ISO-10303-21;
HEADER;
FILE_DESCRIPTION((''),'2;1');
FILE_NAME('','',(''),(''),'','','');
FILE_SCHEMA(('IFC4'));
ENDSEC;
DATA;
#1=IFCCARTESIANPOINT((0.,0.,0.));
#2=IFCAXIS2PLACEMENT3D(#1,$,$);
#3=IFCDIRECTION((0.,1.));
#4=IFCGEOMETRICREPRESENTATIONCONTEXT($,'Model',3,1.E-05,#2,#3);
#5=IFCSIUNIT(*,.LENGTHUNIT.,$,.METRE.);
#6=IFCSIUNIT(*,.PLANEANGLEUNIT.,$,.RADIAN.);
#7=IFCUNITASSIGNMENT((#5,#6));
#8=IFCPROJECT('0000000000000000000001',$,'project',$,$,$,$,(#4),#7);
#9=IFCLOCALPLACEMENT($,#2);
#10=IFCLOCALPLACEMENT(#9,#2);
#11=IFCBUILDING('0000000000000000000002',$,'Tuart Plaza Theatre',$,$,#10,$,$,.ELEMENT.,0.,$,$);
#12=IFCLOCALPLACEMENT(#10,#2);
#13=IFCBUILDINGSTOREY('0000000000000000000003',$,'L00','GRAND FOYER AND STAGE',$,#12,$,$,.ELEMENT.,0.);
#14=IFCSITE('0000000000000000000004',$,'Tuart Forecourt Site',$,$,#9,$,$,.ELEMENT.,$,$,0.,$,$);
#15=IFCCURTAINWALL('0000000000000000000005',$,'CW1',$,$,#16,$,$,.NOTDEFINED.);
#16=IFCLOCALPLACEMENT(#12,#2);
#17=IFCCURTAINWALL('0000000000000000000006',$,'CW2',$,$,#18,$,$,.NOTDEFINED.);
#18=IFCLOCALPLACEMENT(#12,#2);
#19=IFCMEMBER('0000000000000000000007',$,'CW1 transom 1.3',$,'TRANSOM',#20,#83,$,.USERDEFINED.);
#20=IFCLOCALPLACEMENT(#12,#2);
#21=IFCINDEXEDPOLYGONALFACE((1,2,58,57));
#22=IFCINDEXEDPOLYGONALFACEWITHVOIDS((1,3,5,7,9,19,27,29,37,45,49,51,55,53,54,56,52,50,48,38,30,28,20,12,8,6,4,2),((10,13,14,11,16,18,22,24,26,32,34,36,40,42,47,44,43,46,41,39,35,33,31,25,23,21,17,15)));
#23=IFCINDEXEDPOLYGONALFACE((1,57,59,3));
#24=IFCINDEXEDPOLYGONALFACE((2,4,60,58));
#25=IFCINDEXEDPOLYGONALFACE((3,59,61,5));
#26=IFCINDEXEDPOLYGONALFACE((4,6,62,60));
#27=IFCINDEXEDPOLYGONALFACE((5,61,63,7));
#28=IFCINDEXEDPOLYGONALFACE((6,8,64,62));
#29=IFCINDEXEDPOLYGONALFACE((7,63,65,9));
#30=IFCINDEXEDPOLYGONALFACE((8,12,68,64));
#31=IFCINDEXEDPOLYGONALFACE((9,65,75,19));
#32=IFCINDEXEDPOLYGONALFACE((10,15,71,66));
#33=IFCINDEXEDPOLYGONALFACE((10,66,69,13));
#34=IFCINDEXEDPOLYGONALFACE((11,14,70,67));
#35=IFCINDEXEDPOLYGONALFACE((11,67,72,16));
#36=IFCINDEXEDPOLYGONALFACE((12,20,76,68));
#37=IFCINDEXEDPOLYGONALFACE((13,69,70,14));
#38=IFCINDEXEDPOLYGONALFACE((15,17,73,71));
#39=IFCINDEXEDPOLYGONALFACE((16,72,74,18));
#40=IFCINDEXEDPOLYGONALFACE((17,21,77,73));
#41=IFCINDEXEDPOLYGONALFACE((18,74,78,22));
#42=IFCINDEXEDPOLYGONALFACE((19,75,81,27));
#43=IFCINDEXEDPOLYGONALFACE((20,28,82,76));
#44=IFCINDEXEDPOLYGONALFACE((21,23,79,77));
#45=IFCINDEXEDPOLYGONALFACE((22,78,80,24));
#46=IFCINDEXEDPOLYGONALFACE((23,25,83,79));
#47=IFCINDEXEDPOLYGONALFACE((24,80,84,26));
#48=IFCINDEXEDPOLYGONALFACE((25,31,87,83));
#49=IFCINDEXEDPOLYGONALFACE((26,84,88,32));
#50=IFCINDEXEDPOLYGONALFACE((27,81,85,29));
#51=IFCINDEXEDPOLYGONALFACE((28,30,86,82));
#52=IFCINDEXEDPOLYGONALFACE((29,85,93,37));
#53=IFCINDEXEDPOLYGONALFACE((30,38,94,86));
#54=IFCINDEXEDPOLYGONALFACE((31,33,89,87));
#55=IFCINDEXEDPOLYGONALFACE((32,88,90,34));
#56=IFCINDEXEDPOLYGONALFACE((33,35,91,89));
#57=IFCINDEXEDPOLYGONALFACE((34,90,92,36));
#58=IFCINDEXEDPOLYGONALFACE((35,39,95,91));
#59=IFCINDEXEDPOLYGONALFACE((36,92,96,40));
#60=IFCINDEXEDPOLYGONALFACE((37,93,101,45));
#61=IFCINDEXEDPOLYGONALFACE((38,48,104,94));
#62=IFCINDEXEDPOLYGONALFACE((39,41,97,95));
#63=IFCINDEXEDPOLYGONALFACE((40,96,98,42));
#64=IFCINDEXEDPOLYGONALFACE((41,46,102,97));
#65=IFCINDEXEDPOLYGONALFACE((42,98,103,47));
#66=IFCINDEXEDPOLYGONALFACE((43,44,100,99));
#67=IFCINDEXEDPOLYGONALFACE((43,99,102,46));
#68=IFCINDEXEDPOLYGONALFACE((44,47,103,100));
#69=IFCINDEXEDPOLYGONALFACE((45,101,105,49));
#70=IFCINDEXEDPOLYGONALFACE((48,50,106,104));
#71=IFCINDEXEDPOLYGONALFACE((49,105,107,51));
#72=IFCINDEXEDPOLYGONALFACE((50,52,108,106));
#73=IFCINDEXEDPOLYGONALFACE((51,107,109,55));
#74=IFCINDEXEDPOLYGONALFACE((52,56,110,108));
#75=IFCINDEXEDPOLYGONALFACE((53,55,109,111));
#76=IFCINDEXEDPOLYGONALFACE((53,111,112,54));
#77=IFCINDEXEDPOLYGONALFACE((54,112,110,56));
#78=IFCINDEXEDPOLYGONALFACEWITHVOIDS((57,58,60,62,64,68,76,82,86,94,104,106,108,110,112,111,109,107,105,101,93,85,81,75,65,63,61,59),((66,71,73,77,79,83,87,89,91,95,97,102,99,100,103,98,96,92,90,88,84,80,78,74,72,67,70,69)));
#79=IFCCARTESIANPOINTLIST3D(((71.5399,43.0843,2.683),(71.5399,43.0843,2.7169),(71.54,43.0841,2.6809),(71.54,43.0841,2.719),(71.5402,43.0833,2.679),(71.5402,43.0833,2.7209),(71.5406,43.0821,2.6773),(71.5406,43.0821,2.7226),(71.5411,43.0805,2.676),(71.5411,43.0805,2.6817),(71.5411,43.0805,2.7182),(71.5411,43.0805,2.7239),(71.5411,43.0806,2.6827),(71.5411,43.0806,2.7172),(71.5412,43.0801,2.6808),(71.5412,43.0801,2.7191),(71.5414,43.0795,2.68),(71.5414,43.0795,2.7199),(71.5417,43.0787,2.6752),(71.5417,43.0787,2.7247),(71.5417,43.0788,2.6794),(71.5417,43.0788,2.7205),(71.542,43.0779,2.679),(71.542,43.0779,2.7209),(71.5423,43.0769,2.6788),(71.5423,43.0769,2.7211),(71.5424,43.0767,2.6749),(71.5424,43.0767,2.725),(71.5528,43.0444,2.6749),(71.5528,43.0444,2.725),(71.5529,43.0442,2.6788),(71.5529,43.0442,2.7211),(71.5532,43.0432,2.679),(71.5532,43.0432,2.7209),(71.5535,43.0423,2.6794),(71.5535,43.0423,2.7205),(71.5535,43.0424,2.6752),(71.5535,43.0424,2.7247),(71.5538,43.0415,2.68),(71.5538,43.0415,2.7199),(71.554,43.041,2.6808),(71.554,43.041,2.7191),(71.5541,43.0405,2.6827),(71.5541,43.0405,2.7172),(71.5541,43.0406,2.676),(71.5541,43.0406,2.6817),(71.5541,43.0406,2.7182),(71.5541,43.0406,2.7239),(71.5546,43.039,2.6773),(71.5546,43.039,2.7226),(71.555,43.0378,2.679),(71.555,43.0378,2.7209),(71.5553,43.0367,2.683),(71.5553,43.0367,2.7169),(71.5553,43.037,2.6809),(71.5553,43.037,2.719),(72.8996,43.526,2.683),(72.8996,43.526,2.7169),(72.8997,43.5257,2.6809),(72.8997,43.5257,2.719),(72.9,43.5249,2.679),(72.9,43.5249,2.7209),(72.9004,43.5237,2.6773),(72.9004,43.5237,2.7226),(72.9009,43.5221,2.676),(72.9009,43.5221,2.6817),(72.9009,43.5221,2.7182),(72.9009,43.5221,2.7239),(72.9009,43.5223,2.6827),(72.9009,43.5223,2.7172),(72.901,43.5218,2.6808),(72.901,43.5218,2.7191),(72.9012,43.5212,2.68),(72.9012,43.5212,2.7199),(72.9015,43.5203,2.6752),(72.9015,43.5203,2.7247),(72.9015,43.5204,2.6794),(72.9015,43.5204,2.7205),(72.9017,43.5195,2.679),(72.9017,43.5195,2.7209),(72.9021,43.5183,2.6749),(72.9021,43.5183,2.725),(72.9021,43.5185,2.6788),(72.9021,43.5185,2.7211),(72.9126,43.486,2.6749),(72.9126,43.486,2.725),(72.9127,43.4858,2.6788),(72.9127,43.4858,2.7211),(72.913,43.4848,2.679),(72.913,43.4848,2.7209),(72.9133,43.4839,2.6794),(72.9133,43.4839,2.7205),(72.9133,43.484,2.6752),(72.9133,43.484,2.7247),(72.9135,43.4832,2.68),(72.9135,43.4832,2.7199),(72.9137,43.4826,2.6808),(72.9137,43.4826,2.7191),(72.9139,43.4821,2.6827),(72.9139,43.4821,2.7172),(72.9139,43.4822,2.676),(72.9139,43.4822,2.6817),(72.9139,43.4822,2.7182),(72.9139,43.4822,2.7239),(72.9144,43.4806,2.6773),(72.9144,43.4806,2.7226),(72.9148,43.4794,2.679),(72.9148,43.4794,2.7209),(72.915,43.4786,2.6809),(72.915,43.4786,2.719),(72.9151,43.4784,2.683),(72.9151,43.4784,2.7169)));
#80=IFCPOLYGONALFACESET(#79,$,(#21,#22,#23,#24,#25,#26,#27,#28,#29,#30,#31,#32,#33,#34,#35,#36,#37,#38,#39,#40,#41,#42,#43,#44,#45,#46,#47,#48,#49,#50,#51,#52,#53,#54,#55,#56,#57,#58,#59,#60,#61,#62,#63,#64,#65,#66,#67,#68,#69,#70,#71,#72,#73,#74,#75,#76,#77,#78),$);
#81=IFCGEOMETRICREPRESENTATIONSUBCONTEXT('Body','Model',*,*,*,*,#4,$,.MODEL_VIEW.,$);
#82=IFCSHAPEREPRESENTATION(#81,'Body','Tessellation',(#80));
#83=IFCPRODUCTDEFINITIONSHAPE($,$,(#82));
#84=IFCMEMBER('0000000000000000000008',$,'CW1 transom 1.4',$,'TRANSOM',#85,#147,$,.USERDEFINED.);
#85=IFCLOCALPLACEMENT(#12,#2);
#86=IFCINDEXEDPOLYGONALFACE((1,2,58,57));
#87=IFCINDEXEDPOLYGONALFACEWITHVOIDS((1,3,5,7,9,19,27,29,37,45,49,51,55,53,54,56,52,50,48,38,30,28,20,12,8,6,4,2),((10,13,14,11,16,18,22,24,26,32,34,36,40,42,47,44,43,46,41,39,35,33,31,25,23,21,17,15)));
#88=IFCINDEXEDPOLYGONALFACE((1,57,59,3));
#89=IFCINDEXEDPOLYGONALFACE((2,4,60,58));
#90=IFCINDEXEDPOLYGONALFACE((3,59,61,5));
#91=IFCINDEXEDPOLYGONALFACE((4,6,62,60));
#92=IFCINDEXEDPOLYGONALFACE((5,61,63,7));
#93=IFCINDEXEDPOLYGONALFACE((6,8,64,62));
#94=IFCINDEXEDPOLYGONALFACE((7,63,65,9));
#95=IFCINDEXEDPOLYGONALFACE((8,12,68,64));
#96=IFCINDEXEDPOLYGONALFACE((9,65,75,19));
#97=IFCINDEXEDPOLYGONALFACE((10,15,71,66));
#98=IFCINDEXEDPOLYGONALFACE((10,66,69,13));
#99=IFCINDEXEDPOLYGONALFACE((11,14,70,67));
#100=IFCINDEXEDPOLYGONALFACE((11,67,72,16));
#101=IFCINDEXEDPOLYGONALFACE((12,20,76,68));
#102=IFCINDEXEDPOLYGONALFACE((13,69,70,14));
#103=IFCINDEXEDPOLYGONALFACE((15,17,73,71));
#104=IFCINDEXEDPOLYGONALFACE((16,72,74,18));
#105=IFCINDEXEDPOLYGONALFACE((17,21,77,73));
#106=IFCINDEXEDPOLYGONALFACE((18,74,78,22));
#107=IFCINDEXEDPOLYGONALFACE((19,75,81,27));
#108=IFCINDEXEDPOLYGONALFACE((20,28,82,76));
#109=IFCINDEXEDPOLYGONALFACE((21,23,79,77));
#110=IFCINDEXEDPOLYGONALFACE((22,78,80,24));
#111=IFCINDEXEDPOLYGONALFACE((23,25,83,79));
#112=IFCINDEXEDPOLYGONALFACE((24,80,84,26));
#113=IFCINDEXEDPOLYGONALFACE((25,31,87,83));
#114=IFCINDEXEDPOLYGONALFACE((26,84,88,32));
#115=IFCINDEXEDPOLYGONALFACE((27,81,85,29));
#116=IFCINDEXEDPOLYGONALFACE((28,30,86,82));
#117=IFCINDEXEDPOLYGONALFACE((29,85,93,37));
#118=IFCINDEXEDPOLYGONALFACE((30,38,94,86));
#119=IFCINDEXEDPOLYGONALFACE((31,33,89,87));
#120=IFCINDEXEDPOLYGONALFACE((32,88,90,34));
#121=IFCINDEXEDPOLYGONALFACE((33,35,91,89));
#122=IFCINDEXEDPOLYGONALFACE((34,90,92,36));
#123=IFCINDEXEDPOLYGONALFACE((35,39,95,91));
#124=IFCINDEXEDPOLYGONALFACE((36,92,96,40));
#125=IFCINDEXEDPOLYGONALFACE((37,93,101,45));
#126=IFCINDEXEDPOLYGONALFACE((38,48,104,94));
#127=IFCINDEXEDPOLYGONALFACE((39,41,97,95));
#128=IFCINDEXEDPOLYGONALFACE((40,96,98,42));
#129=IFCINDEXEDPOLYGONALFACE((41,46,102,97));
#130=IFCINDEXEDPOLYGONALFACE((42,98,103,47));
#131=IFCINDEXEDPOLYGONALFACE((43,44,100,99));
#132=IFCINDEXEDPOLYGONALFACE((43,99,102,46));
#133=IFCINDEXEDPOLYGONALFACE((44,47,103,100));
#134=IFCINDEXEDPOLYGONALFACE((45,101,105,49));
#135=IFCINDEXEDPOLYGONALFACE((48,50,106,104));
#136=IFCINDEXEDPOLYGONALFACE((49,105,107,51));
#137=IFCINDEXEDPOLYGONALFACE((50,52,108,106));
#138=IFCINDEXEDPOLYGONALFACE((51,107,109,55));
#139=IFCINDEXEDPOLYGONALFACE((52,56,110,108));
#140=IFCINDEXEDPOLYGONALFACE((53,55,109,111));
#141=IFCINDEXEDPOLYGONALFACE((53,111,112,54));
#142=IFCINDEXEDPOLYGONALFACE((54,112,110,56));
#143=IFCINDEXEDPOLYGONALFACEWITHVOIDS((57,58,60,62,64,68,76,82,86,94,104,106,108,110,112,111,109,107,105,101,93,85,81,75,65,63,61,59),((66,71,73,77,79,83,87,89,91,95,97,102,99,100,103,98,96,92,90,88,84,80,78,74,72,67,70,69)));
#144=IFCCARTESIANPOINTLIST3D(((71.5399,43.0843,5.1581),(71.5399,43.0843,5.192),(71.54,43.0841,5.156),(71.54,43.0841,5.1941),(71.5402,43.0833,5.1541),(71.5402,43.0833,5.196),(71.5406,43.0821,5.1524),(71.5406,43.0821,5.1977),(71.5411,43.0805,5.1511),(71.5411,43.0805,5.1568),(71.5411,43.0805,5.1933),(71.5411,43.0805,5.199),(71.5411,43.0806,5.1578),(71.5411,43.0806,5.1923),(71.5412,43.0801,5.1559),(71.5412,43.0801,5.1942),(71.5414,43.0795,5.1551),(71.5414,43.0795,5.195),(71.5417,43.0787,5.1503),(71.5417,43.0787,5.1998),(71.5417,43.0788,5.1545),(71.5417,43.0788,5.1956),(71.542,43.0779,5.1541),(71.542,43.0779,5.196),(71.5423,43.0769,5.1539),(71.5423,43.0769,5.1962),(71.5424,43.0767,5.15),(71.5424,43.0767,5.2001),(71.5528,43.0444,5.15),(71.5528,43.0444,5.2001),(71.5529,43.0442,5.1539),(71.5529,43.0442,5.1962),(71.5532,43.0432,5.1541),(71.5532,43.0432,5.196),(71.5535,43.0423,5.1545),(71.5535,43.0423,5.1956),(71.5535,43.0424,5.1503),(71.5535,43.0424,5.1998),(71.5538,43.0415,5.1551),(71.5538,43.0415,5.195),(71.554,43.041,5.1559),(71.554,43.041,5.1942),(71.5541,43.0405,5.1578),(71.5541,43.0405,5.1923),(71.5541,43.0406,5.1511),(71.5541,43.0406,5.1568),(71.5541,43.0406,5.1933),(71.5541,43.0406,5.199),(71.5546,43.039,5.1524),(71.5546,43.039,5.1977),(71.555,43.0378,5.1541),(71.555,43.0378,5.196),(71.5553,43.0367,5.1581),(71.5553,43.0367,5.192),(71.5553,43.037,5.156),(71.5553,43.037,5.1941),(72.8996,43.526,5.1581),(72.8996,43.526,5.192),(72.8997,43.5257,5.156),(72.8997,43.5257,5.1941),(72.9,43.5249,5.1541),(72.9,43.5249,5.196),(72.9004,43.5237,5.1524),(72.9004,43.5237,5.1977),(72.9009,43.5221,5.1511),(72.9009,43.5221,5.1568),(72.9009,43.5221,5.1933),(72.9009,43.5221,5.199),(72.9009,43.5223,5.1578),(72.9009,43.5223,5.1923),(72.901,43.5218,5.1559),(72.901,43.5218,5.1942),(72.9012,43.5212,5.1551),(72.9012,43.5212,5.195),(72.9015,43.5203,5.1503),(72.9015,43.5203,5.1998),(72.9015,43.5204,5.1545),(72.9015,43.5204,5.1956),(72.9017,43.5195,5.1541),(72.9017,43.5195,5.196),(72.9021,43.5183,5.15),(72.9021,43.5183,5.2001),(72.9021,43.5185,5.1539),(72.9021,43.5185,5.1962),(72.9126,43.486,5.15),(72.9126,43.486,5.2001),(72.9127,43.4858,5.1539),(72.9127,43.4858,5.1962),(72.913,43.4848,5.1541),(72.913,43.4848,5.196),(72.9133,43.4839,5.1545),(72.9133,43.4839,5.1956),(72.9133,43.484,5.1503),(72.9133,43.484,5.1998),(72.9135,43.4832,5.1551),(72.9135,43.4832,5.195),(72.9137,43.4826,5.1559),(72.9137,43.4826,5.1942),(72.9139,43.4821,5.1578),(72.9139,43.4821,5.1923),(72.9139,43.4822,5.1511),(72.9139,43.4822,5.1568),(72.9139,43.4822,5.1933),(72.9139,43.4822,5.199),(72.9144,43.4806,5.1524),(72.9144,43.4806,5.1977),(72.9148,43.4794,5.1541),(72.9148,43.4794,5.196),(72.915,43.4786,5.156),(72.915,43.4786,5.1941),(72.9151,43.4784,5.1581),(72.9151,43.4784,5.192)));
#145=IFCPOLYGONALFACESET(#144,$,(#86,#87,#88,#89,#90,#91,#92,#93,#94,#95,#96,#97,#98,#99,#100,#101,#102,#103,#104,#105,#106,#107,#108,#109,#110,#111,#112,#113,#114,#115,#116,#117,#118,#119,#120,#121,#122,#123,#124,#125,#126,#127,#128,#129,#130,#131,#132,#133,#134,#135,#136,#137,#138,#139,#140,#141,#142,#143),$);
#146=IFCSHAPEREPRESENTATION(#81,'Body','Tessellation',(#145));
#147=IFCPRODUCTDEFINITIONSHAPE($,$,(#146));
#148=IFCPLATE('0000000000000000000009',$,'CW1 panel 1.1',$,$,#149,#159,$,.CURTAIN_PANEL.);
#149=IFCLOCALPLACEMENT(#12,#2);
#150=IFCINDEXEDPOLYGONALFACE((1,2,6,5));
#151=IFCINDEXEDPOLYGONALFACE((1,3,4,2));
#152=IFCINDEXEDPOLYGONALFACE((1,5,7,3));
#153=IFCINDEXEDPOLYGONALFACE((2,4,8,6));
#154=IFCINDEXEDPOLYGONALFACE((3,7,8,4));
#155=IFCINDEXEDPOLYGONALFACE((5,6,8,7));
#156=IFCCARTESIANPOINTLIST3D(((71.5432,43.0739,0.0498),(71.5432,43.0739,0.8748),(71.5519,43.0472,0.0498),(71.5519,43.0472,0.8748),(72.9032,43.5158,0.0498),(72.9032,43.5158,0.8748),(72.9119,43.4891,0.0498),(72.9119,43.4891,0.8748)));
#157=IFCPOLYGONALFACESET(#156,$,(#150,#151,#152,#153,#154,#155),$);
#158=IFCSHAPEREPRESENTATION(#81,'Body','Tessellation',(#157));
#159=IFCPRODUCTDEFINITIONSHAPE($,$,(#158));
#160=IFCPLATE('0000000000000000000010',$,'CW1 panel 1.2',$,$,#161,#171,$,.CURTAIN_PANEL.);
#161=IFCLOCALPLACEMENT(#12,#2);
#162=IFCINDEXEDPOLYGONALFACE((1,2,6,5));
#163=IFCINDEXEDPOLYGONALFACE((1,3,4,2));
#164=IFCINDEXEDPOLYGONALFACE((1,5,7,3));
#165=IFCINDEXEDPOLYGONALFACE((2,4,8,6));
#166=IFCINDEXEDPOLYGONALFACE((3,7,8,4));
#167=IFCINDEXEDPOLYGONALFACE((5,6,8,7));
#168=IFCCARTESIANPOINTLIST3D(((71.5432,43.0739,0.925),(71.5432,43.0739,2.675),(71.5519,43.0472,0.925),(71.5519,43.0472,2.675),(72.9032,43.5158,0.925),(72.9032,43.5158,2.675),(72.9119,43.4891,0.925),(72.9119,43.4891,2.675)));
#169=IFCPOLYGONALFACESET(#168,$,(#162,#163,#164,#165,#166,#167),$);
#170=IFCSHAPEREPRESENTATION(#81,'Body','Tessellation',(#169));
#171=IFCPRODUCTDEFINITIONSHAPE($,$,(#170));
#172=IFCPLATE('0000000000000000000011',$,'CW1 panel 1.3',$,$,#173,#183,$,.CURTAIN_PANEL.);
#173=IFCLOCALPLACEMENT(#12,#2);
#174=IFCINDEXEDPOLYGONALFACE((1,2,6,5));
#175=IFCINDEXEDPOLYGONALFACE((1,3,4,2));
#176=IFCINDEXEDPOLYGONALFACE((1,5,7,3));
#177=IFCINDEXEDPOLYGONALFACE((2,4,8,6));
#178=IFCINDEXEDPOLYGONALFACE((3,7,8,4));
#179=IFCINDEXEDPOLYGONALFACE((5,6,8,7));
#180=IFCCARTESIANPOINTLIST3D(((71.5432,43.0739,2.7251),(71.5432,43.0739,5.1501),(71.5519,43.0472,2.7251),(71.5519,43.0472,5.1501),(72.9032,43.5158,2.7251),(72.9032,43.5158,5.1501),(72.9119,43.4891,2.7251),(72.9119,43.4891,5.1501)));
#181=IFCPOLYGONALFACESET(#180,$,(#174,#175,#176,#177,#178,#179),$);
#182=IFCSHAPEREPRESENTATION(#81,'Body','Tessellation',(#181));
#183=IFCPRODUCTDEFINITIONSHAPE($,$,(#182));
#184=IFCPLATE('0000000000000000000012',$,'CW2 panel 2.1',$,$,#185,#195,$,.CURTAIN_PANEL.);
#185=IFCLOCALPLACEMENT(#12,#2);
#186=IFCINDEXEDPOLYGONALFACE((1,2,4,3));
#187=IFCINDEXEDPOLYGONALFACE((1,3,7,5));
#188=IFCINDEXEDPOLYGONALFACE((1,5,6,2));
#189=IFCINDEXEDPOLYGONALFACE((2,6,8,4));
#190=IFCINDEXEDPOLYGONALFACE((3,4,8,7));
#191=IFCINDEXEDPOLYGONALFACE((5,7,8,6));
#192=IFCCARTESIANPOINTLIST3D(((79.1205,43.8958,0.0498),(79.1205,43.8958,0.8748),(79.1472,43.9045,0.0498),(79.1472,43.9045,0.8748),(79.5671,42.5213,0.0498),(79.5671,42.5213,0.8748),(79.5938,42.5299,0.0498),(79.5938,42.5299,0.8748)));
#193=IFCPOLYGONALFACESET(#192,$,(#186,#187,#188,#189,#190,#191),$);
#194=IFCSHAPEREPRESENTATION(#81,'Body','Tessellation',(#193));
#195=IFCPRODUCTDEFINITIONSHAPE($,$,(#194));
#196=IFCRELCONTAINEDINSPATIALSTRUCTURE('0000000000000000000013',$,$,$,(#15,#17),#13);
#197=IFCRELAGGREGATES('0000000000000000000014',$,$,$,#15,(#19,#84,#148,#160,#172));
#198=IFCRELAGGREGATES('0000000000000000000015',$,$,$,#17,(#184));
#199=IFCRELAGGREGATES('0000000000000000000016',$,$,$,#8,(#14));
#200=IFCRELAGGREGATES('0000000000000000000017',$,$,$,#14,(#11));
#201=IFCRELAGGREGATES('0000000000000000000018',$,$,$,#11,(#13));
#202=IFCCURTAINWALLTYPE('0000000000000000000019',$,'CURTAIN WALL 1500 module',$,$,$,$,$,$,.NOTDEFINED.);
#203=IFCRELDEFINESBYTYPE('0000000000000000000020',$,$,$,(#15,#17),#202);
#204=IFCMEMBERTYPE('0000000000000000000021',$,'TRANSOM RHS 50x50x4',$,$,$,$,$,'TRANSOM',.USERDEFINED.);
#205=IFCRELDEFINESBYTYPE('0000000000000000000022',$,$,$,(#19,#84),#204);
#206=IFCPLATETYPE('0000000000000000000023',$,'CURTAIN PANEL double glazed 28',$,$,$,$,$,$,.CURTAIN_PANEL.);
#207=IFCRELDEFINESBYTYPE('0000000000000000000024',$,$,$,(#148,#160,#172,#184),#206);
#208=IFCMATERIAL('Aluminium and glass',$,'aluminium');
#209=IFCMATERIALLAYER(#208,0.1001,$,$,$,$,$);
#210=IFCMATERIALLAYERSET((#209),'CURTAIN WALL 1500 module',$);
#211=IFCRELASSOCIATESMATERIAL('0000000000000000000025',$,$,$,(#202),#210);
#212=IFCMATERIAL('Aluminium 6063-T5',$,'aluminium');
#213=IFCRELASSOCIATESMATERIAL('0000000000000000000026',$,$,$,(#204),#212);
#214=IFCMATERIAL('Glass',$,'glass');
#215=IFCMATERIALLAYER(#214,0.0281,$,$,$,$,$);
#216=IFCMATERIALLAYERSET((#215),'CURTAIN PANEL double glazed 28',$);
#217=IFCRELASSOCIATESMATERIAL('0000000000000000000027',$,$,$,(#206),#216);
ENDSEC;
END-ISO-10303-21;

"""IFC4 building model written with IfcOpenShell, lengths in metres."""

from ifc_helpers import new_model, si_unit, direction, frame, origin, origin_2d, place, context, subcontext, project, spatial, rectangle, hollow_rectangle, extrude, material, layer, layer_set, material_profile, profile_set, type_object, element, aggregate, save


model = new_model("IFC4")

# Units and contexts
model_context = context("Model", 3, precision=1e-05, world=origin(), true_north=direction((0.0, 1.0)))
body_context = subcontext(model_context, "Body", "Model", "MODEL_VIEW")
ifc_project = project(units=[si_unit("LENGTHUNIT", "METRE"), si_unit("PLANEANGLEUNIT", "RADIAN")], contexts=[model_context])

# Site, building, storey
site_placement = place(None, origin())
site = spatial("IfcSite", under=ifc_project, at=site_placement, Name="Tuart Forecourt Site", CompositionType="ELEMENT", RefElevation=0.0)
building_placement = place(site_placement, origin())
building = spatial("IfcBuilding", under=site, at=building_placement, Name="Tuart Plaza Theatre", CompositionType="ELEMENT", ElevationOfRefHeight=0.0)
storey_placement = place(building_placement, origin())
storey = spatial("IfcBuildingStorey", under=building, at=storey_placement, Name="L00", Description="GRAND FOYER AND STAGE", CompositionType="ELEMENT", Elevation=0.0)

# Curtain walls
ifc_material_1 = material(Name="Aluminium and glass", Category="aluminium")
ifc_layer_1 = layer(ifc_material_1, 0.1001)
ifc_layer_set_1 = layer_set([ifc_layer_1], Name="CURTAIN WALL 1500 module")
curtain_wall_type = type_object("IfcCurtainWallType", Name="CURTAIN WALL 1500 module", PredefinedType="NOTDEFINED", material=ifc_layer_set_1)
curtain_wall_1_placement = place(storey_placement, origin())
curtain_wall_1 = element("IfcCurtainWall", 1, at=curtain_wall_1_placement, inside=storey, type_object=curtain_wall_type, Name="CW1", PredefinedType="NOTDEFINED")
curtain_wall_2_placement = place(storey_placement, origin())
curtain_wall_2 = element("IfcCurtainWall", 2, at=curtain_wall_2_placement, inside=storey, type_object=curtain_wall_type, Name="CW2", PredefinedType="NOTDEFINED")

# Members
ifc_material_2 = material(Name="Aluminium 6063-T5", Category="aluminium")
ifc_material_profile_1 = material_profile(ifc_material_2, hollow_rectangle(XDim=0.05, YDim=0.05, WallThickness=0.0039, InnerFilletRadius=0.0039, OuterFilletRadius=0.0081, at=origin_2d()), Name="RHS 50x50x4")
ifc_profile_set_1 = profile_set([ifc_material_profile_1], Name="Aluminium 6063-T5")
member_type_1 = type_object("IfcMemberType", Name="TRANSOM RHS 50x50x4", ElementType="TRANSOM", PredefinedType="USERDEFINED", material=ifc_profile_set_1)
member_1_placement = place(storey_placement, frame((71.5476, 43.0605, 2.7), z_axis=(0.951097, 0.308893, 0.0), x_axis=(-0.308893, 0.951097, 0.0)))
member_1 = element("IfcMember", 3, at=member_1_placement, type_object=member_type_1, Name="CW1 transom 1.3", ObjectType="TRANSOM", PredefinedType="USERDEFINED", context=body_context, shape_type="SweptSolid", body=[
    extrude(hollow_rectangle(XDim=0.05, YDim=0.05, WallThickness=0.0039, InnerFilletRadius=0.0039, OuterFilletRadius=0.0081, at=origin_2d()), origin(), (0.0, 0.0, 1.0), 1.4297),
])
member_2_placement = place(storey_placement, frame((71.5476, 43.0605, 5.175), z_axis=(0.951097, 0.308893, 0.0), x_axis=(-0.308893, 0.951097, 0.0)))
member_2 = element("IfcMember", 4, at=member_2_placement, type_object=member_type_1, Name="CW1 transom 1.4", ObjectType="TRANSOM", PredefinedType="USERDEFINED", context=body_context, shape_type="SweptSolid", body=[
    extrude(hollow_rectangle(XDim=0.05, YDim=0.05, WallThickness=0.0039, InnerFilletRadius=0.0039, OuterFilletRadius=0.0081, at=origin_2d()), origin(), (0.0, 0.0, 1.0), 1.4297),
])

# Plates
ifc_material_3 = material(Name="Glass", Category="glass")
ifc_layer_2 = layer(ifc_material_3, 0.0281)
ifc_layer_set_2 = layer_set([ifc_layer_2], Name="CURTAIN PANEL double glazed 28")
plate_type = type_object("IfcPlateType", Name="CURTAIN PANEL double glazed 28", PredefinedType="CURTAIN_PANEL", material=ifc_layer_set_2)
plate_1_placement = place(storey_placement, frame((72.2275, 43.2815, 0.0498), z_axis=(0.0, 0.0, 1.0), x_axis=(0.951067, 0.308986, 0.0)))
plate_1 = element("IfcPlate", 5, at=plate_1_placement, type_object=plate_type, Name="CW1 panel 1.1", PredefinedType="CURTAIN_PANEL", context=body_context, shape_type="SweptSolid", body=[
    extrude(rectangle(XDim=1.4299, YDim=0.0281, at=origin_2d()), origin(), (0.0, 0.0, 1.0), 0.825),
])
plate_2_placement = place(storey_placement, frame((72.2275, 43.2815, 0.925), z_axis=(0.0, 0.0, 1.0), x_axis=(0.951067, 0.308986, 0.0)))
plate_2 = element("IfcPlate", 6, at=plate_2_placement, type_object=plate_type, Name="CW1 panel 1.2", PredefinedType="CURTAIN_PANEL", context=body_context, shape_type="SweptSolid", body=[
    extrude(rectangle(XDim=1.4299, YDim=0.0281, at=origin_2d()), origin(), (0.0, 0.0, 1.0), 1.75),
])
plate_3_placement = place(storey_placement, frame((72.2275, 43.2815, 2.7251), z_axis=(0.0, 0.0, 1.0), x_axis=(0.951067, 0.308986, 0.0)))
plate_3 = element("IfcPlate", 7, at=plate_3_placement, type_object=plate_type, Name="CW1 panel 1.3", PredefinedType="CURTAIN_PANEL", context=body_context, shape_type="SweptSolid", body=[
    extrude(rectangle(XDim=1.4299, YDim=0.0281, at=origin_2d()), origin(), (0.0, 0.0, 1.0), 2.425),
])
aggregate(curtain_wall_1, [member_1, member_2, plate_1, plate_2, plate_3])
plate_4_placement = place(storey_placement, frame((79.3572, 43.2129, 0.0498), z_axis=(0.0, 0.0, 1.0), x_axis=(0.309018, -0.951056, 0.0)))
plate_4 = element("IfcPlate", 8, at=plate_4_placement, type_object=plate_type, Name="CW2 panel 2.1", PredefinedType="CURTAIN_PANEL", context=body_context, shape_type="SweptSolid", body=[
    extrude(rectangle(XDim=1.4453, YDim=0.0281, at=origin_2d()), origin(), (0.0, 0.0, 1.0), 0.825),
])
aggregate(curtain_wall_2, [plate_4])

save(model, "model.ifc")
